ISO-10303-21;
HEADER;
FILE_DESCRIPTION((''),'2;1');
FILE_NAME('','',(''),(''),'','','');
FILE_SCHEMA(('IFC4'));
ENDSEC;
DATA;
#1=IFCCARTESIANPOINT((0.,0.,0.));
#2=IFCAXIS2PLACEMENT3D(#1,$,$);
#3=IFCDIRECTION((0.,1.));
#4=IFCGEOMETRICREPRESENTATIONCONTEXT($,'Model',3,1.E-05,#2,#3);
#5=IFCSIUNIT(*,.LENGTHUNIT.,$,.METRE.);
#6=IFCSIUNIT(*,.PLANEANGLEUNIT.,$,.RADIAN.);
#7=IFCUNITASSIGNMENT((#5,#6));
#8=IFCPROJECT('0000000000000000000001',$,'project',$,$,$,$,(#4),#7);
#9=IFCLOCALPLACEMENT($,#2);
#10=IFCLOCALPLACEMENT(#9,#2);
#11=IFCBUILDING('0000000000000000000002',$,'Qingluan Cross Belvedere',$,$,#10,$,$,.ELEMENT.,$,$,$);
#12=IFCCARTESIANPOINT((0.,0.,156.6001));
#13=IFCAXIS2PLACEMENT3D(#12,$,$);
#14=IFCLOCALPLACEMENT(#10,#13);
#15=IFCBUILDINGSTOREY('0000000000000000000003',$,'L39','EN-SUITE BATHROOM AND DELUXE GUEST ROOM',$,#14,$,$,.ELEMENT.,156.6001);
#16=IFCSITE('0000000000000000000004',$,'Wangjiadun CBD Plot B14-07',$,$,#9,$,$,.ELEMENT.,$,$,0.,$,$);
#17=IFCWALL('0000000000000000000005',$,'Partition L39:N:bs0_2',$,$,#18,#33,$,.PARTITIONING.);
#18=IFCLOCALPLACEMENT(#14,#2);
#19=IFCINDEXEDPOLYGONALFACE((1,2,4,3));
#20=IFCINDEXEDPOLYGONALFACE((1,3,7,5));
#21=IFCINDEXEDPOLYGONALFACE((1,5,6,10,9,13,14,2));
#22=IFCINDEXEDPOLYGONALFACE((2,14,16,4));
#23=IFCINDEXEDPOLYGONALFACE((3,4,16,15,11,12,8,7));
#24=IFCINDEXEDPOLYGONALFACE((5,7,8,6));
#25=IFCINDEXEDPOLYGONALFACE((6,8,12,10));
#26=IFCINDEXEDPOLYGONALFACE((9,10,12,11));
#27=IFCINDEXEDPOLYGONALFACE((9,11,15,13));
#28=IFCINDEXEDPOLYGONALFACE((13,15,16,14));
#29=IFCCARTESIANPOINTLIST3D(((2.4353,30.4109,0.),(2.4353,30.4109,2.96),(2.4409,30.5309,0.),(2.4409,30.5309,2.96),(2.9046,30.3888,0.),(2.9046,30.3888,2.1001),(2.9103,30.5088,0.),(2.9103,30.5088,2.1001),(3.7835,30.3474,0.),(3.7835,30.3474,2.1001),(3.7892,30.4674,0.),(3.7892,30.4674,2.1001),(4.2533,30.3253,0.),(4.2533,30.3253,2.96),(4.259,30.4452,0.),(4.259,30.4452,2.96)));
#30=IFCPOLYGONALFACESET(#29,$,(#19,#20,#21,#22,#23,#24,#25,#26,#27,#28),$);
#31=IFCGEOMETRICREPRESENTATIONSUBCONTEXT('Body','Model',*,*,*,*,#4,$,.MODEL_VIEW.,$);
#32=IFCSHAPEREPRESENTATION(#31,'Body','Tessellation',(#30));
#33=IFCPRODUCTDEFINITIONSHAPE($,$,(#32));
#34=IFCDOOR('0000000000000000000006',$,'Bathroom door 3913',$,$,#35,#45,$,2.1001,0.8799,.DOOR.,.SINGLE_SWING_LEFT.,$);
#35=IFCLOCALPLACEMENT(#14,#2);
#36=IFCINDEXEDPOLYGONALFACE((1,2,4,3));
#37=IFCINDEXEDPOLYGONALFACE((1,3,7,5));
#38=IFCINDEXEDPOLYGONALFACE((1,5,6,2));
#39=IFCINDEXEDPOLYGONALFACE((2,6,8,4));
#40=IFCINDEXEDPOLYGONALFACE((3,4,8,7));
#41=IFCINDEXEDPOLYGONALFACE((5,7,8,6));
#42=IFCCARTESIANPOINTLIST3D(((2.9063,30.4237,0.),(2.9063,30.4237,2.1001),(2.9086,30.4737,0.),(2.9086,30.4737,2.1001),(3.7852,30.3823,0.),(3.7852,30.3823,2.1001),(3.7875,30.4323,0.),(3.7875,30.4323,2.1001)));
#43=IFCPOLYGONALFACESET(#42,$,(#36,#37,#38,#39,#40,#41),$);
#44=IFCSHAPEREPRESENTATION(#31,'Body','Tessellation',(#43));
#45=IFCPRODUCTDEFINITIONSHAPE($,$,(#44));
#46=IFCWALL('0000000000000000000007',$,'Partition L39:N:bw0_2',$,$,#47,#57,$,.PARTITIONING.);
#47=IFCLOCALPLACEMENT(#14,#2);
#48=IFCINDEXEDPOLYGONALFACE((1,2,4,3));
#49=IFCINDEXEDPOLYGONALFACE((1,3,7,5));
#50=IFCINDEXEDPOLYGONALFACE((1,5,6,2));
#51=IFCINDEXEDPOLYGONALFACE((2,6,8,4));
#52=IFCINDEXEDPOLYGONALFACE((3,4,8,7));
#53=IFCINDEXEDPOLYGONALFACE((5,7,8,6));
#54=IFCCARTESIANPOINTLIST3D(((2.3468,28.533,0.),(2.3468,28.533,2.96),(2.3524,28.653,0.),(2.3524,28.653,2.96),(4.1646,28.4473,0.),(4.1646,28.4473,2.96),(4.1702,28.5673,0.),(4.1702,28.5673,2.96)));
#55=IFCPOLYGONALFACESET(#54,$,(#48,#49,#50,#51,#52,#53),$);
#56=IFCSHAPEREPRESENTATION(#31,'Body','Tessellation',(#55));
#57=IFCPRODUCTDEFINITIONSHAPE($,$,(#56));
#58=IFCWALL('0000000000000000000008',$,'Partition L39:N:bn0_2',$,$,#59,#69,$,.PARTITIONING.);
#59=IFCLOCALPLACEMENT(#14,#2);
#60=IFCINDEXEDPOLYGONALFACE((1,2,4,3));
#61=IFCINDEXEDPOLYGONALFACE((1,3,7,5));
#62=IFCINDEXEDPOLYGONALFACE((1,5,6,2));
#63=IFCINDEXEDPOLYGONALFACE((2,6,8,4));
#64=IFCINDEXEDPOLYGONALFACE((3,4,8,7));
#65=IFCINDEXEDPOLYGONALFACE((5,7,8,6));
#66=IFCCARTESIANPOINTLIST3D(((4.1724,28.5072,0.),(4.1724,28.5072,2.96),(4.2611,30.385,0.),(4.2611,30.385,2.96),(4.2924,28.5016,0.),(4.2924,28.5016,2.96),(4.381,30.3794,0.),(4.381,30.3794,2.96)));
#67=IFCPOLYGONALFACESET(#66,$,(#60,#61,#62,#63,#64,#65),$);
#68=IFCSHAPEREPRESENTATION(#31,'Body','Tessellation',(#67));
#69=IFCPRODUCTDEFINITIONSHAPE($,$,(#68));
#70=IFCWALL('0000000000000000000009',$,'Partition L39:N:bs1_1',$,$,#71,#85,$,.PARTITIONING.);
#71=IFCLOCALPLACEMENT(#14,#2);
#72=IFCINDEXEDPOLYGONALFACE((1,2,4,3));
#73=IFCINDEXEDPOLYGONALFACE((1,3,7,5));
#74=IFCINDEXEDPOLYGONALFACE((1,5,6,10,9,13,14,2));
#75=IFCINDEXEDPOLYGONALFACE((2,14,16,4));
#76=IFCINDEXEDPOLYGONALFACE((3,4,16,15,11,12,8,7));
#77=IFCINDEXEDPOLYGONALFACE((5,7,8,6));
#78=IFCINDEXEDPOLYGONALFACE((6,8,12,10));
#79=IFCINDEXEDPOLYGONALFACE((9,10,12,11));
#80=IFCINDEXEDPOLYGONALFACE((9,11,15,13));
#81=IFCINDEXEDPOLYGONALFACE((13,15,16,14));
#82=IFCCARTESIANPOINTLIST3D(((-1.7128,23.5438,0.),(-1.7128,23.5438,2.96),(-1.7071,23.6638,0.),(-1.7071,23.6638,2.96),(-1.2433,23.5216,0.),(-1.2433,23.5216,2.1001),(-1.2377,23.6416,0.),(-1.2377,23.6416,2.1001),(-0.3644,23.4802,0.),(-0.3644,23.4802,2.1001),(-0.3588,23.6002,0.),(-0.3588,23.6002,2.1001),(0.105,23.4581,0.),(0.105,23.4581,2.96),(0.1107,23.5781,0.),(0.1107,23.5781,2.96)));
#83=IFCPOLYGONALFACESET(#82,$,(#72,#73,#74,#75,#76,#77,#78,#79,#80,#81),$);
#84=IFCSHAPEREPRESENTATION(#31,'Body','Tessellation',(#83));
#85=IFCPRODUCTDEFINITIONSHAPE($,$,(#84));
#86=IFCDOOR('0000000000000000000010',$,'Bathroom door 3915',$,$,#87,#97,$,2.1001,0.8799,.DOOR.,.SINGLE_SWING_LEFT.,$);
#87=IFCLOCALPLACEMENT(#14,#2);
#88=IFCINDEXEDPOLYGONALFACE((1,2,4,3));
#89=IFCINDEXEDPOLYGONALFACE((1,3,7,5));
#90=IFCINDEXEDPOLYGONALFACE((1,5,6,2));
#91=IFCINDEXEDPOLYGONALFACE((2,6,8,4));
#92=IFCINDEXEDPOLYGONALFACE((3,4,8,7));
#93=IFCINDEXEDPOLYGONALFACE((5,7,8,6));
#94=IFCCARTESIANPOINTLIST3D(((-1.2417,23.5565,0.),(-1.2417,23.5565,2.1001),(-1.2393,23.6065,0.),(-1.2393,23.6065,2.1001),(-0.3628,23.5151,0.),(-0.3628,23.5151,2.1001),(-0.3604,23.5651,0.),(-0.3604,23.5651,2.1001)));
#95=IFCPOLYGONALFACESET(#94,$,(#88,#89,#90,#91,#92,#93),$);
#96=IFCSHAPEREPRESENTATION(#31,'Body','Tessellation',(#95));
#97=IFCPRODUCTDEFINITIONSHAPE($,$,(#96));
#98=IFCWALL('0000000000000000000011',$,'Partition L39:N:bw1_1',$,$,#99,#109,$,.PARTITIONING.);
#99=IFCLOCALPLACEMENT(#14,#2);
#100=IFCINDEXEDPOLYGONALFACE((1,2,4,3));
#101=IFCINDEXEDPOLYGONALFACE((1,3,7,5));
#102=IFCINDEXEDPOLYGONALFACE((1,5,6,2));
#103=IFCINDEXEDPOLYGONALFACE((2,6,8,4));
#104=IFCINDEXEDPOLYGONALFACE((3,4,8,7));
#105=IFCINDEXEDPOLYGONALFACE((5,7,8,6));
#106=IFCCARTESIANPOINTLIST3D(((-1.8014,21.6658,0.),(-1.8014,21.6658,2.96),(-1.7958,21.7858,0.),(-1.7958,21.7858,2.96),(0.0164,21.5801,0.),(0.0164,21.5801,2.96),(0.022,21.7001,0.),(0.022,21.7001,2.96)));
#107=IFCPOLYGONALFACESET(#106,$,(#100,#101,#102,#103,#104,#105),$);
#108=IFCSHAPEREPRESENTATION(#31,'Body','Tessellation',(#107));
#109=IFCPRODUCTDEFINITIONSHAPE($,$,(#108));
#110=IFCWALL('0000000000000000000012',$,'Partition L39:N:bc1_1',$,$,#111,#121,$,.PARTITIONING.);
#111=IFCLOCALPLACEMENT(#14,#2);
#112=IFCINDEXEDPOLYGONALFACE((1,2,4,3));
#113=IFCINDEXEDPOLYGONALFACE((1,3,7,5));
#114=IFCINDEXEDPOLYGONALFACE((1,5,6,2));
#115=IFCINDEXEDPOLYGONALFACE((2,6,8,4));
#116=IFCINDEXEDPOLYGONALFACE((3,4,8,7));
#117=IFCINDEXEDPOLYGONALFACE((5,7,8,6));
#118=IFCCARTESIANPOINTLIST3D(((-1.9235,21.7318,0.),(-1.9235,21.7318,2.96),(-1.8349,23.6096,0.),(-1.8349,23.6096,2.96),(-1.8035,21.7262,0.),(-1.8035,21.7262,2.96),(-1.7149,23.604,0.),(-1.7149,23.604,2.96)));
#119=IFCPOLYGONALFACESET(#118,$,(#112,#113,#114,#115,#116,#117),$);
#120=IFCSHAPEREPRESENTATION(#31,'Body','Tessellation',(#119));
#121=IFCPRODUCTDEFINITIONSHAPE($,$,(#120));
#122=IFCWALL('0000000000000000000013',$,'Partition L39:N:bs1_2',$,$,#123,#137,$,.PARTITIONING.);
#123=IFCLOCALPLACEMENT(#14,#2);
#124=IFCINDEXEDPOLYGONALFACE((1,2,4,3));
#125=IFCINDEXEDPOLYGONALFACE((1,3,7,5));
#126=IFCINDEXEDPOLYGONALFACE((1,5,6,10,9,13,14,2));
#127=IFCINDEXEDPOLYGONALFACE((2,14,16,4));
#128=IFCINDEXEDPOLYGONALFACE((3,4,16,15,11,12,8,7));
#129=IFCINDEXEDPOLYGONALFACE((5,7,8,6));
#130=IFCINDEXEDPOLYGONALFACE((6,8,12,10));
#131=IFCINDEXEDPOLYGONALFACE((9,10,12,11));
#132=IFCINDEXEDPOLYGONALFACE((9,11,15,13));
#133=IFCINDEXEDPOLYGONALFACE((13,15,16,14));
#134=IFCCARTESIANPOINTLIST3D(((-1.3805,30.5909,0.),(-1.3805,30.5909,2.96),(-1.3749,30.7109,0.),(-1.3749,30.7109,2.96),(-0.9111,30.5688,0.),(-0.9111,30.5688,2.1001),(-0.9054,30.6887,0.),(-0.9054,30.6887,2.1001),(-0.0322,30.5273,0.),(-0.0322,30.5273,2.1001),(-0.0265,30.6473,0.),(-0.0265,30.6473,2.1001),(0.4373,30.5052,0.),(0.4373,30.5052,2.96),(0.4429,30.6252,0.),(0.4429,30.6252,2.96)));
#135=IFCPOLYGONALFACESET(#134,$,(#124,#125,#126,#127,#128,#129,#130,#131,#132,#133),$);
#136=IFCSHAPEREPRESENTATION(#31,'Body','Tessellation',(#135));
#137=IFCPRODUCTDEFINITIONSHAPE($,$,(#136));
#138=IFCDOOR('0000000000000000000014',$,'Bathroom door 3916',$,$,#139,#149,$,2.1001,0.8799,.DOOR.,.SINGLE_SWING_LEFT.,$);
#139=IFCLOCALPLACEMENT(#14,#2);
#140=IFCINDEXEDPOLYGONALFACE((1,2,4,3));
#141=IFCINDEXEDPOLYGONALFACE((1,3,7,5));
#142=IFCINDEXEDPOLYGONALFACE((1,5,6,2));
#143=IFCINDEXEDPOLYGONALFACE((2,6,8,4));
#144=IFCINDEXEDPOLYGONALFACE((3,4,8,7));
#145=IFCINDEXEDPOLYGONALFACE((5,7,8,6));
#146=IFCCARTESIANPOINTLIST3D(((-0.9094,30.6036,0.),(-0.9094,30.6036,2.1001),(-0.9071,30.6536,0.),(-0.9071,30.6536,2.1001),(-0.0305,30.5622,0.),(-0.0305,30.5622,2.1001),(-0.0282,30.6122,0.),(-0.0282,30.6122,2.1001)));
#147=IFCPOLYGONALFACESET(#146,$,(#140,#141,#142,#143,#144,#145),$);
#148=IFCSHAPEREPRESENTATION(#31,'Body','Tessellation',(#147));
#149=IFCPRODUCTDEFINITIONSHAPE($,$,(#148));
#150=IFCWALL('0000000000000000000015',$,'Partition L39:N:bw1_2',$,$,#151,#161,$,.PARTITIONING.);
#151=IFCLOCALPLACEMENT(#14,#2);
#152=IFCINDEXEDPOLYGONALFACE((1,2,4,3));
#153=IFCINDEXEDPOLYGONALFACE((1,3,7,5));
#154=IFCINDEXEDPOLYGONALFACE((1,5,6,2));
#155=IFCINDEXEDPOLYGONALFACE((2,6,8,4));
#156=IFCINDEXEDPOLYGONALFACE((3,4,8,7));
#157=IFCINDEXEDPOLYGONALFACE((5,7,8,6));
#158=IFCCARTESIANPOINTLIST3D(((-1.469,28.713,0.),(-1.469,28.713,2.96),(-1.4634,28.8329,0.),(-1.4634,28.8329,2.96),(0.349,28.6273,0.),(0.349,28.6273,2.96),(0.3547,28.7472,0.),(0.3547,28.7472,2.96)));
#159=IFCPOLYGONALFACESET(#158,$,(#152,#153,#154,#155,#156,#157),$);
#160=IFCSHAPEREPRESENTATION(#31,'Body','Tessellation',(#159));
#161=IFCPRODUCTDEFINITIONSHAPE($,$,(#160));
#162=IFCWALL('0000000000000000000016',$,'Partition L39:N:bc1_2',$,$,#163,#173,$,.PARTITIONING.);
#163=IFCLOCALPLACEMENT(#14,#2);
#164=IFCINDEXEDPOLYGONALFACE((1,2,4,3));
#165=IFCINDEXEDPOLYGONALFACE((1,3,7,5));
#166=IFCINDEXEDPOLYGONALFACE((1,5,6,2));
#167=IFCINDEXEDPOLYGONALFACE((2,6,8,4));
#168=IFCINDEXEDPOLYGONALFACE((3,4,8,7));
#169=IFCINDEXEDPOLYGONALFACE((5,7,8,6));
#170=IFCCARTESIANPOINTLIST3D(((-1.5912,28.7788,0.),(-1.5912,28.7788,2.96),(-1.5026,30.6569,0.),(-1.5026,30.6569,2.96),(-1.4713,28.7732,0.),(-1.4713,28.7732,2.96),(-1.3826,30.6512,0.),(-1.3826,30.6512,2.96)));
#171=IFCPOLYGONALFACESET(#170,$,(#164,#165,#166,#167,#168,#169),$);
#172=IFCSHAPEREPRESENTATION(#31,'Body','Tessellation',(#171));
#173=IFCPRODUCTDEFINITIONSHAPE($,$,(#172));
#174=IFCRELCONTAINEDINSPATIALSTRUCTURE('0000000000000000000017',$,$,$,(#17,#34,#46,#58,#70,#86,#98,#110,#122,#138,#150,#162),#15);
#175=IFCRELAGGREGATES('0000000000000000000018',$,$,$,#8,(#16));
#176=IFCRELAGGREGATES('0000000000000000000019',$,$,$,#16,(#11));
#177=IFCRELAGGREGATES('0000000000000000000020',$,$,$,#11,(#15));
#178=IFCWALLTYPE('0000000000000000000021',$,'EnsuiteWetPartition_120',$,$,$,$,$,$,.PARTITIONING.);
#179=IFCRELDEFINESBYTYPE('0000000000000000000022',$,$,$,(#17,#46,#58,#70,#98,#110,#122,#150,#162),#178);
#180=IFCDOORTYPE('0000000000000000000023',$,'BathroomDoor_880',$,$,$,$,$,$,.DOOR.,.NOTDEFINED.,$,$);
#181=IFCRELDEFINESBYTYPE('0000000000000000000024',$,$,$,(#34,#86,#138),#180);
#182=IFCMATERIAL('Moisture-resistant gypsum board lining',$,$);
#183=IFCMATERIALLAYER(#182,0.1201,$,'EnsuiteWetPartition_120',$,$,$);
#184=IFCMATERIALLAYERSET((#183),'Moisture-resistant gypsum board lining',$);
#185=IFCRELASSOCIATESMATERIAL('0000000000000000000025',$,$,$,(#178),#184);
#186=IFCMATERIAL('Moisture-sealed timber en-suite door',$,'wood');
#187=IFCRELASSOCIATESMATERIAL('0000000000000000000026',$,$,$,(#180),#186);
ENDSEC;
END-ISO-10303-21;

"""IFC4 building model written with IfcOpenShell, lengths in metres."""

from ifc_helpers import new_model, si_unit, direction, frame, frame_2d, origin, place, context, subcontext, project, spatial, rectangle, extrude, material, layer, layer_set, type_object, element, fill, save


model = new_model("IFC4")

# Units and contexts
model_context = context("Model", 3, precision=1e-05, world=origin(), true_north=direction((0.0, 1.0)))
body_context = subcontext(model_context, "Body", "Model", "MODEL_VIEW")
ifc_project = project(units=[si_unit("LENGTHUNIT", "METRE"), si_unit("PLANEANGLEUNIT", "RADIAN")], contexts=[model_context])

# Site, building, storey
site_placement = place(None, origin())
site = spatial("IfcSite", under=ifc_project, at=site_placement, Name="Wangjiadun CBD Plot B14-07", CompositionType="ELEMENT", RefElevation=0.0)
building_placement = place(site_placement, origin())
building = spatial("IfcBuilding", under=site, at=building_placement, Name="Qingluan Cross Belvedere", CompositionType="ELEMENT")
storey_placement = place(building_placement, frame((0.0, 0.0, 156.6001)))
storey = spatial("IfcBuildingStorey", under=building, at=storey_placement, Name="L39", Description="EN-SUITE BATHROOM AND DELUXE GUEST ROOM", CompositionType="ELEMENT", Elevation=156.6001)

# Shared definitions
ifc_material_1 = material(Name="Moisture-resistant gypsum board lining")
ifc_layer_1 = layer(ifc_material_1, 0.1201, Name="EnsuiteWetPartition_120")
ifc_layer_set_1 = layer_set([ifc_layer_1], Name="Moisture-resistant gypsum board lining")
wall_type_1 = type_object("IfcWallType", Name="EnsuiteWetPartition_120", PredefinedType="PARTITIONING", material=ifc_layer_set_1)
ifc_material_2 = material(Name="Moisture-sealed timber en-suite door", Category="wood")
door_type = type_object("IfcDoorType", Name="BathroomDoor_880", OperationType="NOTDEFINED", PredefinedType="DOOR", material=ifc_material_2)

# Wall, opening, door
wall_1_placement = place(storey_placement, frame((2.438, 30.4709, 0.0), z_axis=(0.0, 0.0, 1.0), x_axis=(0.998891, -0.047081, 0.0)))
wall_1 = element("IfcWall", 1, at=wall_1_placement, inside=storey, type_object=wall_type_1, Name="Partition L39:N:bs0_2", PredefinedType="PARTITIONING", context=body_context, shape_type="SweptSolid", body=[
    extrude(rectangle(XDim=1.8201, YDim=0.1201, at=frame_2d((0.9102, 0.0))), origin(), (0.0, 0.0, 1.0), 2.96),
])
opening_1_placement = place(wall_1_placement, frame((0.47, 0.0, 0.0)))
opening_1 = element("IfcOpeningElement", 2, at=opening_1_placement, cuts=wall_1, PredefinedType="OPENING", context=body_context, shape_type="SweptSolid", body=[
    extrude(rectangle(XDim=0.8799, YDim=2.1001, at=frame_2d((0.4399, 1.05))), frame((0.0, 0.0701, 0.0), z_axis=(0.0, -1.0, 0.0), x_axis=(1.0, 0.0, 0.0)), (0.0, 0.0, 1.0), 0.1401),
])
door_1_placement = place(opening_1_placement, origin())
door_1 = element("IfcDoor", 3, at=door_1_placement, inside=storey, type_object=door_type, Name="Bathroom door 3913", OperationType="SINGLE_SWING_LEFT", OverallHeight=2.1001, OverallWidth=0.8799, PredefinedType="DOOR", context=body_context, shape_type="SweptSolid", body=[
    extrude(rectangle(XDim=0.8799, YDim=2.1001, at=frame_2d((0.4399, 1.05))), frame((0.0, 0.0249, 0.0), z_axis=(0.0, -1.0, 0.0), x_axis=(1.0, 0.0, 0.0)), (0.0, 0.0, 1.0), 0.05),
])
fill(opening_1, door_1)

# Walls
wall_2_placement = place(storey_placement, frame((2.3496, 28.593, 0.0), z_axis=(0.0, 0.0, 1.0), x_axis=(0.998891, -0.047087, 0.0)))
element("IfcWall", 4, at=wall_2_placement, inside=storey, type_object=wall_type_1, Name="Partition L39:N:bw0_2", PredefinedType="PARTITIONING", context=body_context, shape_type="SweptSolid", body=[
    extrude(rectangle(XDim=1.8198, YDim=0.1201, at=frame_2d((0.9099, 0.0))), origin(), (0.0, 0.0, 1.0), 2.96),
])
wall_3_placement = place(storey_placement, frame((4.2324, 28.5044, 0.0), z_axis=(0.0, 0.0, 1.0), x_axis=(0.047146, 0.998888, 0.0)))
element("IfcWall", 5, at=wall_3_placement, inside=storey, type_object=wall_type_1, Name="Partition L39:N:bn0_2", PredefinedType="PARTITIONING", context=body_context, shape_type="SweptSolid", body=[
    extrude(rectangle(XDim=1.8799, YDim=0.1201, at=frame_2d((0.9399, 0.0))), origin(), (0.0, 0.0, 1.0), 2.96),
])

# Wall, opening, door
wall_4_placement = place(storey_placement, frame((-1.71, 23.6038, 0.0), z_axis=(0.0, 0.0, 1.0), x_axis=(0.998891, -0.047087, 0.0)))
wall_4 = element("IfcWall", 6, at=wall_4_placement, inside=storey, type_object=wall_type_1, Name="Partition L39:N:bs1_1", PredefinedType="PARTITIONING", context=body_context, shape_type="SweptSolid", body=[
    extrude(rectangle(XDim=1.8198, YDim=0.1201, at=frame_2d((0.9099, 0.0))), origin(), (0.0, 0.0, 1.0), 2.96),
])
opening_2_placement = place(wall_4_placement, frame((0.47, 0.0, 0.0)))
opening_2 = element("IfcOpeningElement", 7, at=opening_2_placement, cuts=wall_4, PredefinedType="OPENING", context=body_context, shape_type="SweptSolid", body=[
    extrude(rectangle(XDim=0.8799, YDim=2.1001, at=frame_2d((0.4399, 1.05))), frame((0.0, 0.0701, 0.0), z_axis=(0.0, -1.0, 0.0), x_axis=(1.0, 0.0, 0.0)), (0.0, 0.0, 1.0), 0.1401),
])
door_2_placement = place(opening_2_placement, origin())
door_2 = element("IfcDoor", 8, at=door_2_placement, inside=storey, type_object=door_type, Name="Bathroom door 3915", OperationType="SINGLE_SWING_LEFT", OverallHeight=2.1001, OverallWidth=0.8799, PredefinedType="DOOR", context=body_context, shape_type="SweptSolid", body=[
    extrude(rectangle(XDim=0.8799, YDim=2.1001, at=frame_2d((0.4399, 1.05))), frame((0.0, 0.0249, 0.0), z_axis=(0.0, -1.0, 0.0), x_axis=(1.0, 0.0, 0.0)), (0.0, 0.0, 1.0), 0.05),
])
fill(opening_2, door_2)

# Walls
wall_5_placement = place(storey_placement, frame((-1.7986, 21.7258, 0.0), z_axis=(0.0, 0.0, 1.0), x_axis=(0.998891, -0.047087, 0.0)))
element("IfcWall", 9, at=wall_5_placement, inside=storey, type_object=wall_type_1, Name="Partition L39:N:bw1_1", PredefinedType="PARTITIONING", context=body_context, shape_type="SweptSolid", body=[
    extrude(rectangle(XDim=1.8198, YDim=0.1201, at=frame_2d((0.9099, 0.0))), origin(), (0.0, 0.0, 1.0), 2.96),
])
wall_6_placement = place(storey_placement, frame((-1.8635, 21.729, 0.0), z_axis=(0.0, 0.0, 1.0), x_axis=(0.047146, 0.998888, 0.0)))
element("IfcWall", 10, at=wall_6_placement, inside=storey, type_object=wall_type_1, Name="Partition L39:N:bc1_1", PredefinedType="PARTITIONING", context=body_context, shape_type="SweptSolid", body=[
    extrude(rectangle(XDim=1.8799, YDim=0.1201, at=frame_2d((0.9399, 0.0))), origin(), (0.0, 0.0, 1.0), 2.96),
])

# Wall, opening, door
wall_7_placement = place(storey_placement, frame((-1.3777, 30.6509, 0.0), z_axis=(0.0, 0.0, 1.0), x_axis=(0.998891, -0.047087, 0.0)))
wall_7 = element("IfcWall", 11, at=wall_7_placement, inside=storey, type_object=wall_type_1, Name="Partition L39:N:bs1_2", PredefinedType="PARTITIONING", context=body_context, shape_type="SweptSolid", body=[
    extrude(rectangle(XDim=1.8198, YDim=0.1201, at=frame_2d((0.9099, 0.0))), origin(), (0.0, 0.0, 1.0), 2.96),
])
opening_3_placement = place(wall_7_placement, frame((0.47, 0.0, 0.0)))
opening_3 = element("IfcOpeningElement", 12, at=opening_3_placement, cuts=wall_7, PredefinedType="OPENING", context=body_context, shape_type="SweptSolid", body=[
    extrude(rectangle(XDim=0.8799, YDim=2.1001, at=frame_2d((0.4399, 1.05))), frame((0.0, 0.0701, 0.0), z_axis=(0.0, -1.0, 0.0), x_axis=(1.0, 0.0, 0.0)), (0.0, 0.0, 1.0), 0.1401),
])
door_3_placement = place(opening_3_placement, origin())
door_3 = element("IfcDoor", 13, at=door_3_placement, inside=storey, type_object=door_type, Name="Bathroom door 3916", OperationType="SINGLE_SWING_LEFT", OverallHeight=2.1001, OverallWidth=0.8799, PredefinedType="DOOR", context=body_context, shape_type="SweptSolid", body=[
    extrude(rectangle(XDim=0.8799, YDim=2.1001, at=frame_2d((0.4399, 1.05))), frame((0.0, 0.0249, 0.0), z_axis=(0.0, -1.0, 0.0), x_axis=(1.0, 0.0, 0.0)), (0.0, 0.0, 1.0), 0.05),
])
fill(opening_3, door_3)

# Walls
wall_8_placement = place(storey_placement, frame((-1.4663, 28.7729, 0.0), z_axis=(0.0, 0.0, 1.0), x_axis=(0.998891, -0.047081, 0.0)))
element("IfcWall", 14, at=wall_8_placement, inside=storey, type_object=wall_type_1, Name="Partition L39:N:bw1_2", PredefinedType="PARTITIONING", context=body_context, shape_type="SweptSolid", body=[
    extrude(rectangle(XDim=1.8201, YDim=0.1201, at=frame_2d((0.9102, 0.0))), origin(), (0.0, 0.0, 1.0), 2.96),
])
wall_9_placement = place(storey_placement, frame((-1.5312, 28.7761, 0.0), z_axis=(0.0, 0.0, 1.0), x_axis=(0.047139, 0.998888, 0.0)))
element("IfcWall", 15, at=wall_9_placement, inside=storey, type_object=wall_type_1, Name="Partition L39:N:bc1_2", PredefinedType="PARTITIONING", context=body_context, shape_type="SweptSolid", body=[
    extrude(rectangle(XDim=1.8801, YDim=0.1201, at=frame_2d((0.9399, 0.0))), origin(), (0.0, 0.0, 1.0), 2.96),
])

save(model, "model.ifc")
